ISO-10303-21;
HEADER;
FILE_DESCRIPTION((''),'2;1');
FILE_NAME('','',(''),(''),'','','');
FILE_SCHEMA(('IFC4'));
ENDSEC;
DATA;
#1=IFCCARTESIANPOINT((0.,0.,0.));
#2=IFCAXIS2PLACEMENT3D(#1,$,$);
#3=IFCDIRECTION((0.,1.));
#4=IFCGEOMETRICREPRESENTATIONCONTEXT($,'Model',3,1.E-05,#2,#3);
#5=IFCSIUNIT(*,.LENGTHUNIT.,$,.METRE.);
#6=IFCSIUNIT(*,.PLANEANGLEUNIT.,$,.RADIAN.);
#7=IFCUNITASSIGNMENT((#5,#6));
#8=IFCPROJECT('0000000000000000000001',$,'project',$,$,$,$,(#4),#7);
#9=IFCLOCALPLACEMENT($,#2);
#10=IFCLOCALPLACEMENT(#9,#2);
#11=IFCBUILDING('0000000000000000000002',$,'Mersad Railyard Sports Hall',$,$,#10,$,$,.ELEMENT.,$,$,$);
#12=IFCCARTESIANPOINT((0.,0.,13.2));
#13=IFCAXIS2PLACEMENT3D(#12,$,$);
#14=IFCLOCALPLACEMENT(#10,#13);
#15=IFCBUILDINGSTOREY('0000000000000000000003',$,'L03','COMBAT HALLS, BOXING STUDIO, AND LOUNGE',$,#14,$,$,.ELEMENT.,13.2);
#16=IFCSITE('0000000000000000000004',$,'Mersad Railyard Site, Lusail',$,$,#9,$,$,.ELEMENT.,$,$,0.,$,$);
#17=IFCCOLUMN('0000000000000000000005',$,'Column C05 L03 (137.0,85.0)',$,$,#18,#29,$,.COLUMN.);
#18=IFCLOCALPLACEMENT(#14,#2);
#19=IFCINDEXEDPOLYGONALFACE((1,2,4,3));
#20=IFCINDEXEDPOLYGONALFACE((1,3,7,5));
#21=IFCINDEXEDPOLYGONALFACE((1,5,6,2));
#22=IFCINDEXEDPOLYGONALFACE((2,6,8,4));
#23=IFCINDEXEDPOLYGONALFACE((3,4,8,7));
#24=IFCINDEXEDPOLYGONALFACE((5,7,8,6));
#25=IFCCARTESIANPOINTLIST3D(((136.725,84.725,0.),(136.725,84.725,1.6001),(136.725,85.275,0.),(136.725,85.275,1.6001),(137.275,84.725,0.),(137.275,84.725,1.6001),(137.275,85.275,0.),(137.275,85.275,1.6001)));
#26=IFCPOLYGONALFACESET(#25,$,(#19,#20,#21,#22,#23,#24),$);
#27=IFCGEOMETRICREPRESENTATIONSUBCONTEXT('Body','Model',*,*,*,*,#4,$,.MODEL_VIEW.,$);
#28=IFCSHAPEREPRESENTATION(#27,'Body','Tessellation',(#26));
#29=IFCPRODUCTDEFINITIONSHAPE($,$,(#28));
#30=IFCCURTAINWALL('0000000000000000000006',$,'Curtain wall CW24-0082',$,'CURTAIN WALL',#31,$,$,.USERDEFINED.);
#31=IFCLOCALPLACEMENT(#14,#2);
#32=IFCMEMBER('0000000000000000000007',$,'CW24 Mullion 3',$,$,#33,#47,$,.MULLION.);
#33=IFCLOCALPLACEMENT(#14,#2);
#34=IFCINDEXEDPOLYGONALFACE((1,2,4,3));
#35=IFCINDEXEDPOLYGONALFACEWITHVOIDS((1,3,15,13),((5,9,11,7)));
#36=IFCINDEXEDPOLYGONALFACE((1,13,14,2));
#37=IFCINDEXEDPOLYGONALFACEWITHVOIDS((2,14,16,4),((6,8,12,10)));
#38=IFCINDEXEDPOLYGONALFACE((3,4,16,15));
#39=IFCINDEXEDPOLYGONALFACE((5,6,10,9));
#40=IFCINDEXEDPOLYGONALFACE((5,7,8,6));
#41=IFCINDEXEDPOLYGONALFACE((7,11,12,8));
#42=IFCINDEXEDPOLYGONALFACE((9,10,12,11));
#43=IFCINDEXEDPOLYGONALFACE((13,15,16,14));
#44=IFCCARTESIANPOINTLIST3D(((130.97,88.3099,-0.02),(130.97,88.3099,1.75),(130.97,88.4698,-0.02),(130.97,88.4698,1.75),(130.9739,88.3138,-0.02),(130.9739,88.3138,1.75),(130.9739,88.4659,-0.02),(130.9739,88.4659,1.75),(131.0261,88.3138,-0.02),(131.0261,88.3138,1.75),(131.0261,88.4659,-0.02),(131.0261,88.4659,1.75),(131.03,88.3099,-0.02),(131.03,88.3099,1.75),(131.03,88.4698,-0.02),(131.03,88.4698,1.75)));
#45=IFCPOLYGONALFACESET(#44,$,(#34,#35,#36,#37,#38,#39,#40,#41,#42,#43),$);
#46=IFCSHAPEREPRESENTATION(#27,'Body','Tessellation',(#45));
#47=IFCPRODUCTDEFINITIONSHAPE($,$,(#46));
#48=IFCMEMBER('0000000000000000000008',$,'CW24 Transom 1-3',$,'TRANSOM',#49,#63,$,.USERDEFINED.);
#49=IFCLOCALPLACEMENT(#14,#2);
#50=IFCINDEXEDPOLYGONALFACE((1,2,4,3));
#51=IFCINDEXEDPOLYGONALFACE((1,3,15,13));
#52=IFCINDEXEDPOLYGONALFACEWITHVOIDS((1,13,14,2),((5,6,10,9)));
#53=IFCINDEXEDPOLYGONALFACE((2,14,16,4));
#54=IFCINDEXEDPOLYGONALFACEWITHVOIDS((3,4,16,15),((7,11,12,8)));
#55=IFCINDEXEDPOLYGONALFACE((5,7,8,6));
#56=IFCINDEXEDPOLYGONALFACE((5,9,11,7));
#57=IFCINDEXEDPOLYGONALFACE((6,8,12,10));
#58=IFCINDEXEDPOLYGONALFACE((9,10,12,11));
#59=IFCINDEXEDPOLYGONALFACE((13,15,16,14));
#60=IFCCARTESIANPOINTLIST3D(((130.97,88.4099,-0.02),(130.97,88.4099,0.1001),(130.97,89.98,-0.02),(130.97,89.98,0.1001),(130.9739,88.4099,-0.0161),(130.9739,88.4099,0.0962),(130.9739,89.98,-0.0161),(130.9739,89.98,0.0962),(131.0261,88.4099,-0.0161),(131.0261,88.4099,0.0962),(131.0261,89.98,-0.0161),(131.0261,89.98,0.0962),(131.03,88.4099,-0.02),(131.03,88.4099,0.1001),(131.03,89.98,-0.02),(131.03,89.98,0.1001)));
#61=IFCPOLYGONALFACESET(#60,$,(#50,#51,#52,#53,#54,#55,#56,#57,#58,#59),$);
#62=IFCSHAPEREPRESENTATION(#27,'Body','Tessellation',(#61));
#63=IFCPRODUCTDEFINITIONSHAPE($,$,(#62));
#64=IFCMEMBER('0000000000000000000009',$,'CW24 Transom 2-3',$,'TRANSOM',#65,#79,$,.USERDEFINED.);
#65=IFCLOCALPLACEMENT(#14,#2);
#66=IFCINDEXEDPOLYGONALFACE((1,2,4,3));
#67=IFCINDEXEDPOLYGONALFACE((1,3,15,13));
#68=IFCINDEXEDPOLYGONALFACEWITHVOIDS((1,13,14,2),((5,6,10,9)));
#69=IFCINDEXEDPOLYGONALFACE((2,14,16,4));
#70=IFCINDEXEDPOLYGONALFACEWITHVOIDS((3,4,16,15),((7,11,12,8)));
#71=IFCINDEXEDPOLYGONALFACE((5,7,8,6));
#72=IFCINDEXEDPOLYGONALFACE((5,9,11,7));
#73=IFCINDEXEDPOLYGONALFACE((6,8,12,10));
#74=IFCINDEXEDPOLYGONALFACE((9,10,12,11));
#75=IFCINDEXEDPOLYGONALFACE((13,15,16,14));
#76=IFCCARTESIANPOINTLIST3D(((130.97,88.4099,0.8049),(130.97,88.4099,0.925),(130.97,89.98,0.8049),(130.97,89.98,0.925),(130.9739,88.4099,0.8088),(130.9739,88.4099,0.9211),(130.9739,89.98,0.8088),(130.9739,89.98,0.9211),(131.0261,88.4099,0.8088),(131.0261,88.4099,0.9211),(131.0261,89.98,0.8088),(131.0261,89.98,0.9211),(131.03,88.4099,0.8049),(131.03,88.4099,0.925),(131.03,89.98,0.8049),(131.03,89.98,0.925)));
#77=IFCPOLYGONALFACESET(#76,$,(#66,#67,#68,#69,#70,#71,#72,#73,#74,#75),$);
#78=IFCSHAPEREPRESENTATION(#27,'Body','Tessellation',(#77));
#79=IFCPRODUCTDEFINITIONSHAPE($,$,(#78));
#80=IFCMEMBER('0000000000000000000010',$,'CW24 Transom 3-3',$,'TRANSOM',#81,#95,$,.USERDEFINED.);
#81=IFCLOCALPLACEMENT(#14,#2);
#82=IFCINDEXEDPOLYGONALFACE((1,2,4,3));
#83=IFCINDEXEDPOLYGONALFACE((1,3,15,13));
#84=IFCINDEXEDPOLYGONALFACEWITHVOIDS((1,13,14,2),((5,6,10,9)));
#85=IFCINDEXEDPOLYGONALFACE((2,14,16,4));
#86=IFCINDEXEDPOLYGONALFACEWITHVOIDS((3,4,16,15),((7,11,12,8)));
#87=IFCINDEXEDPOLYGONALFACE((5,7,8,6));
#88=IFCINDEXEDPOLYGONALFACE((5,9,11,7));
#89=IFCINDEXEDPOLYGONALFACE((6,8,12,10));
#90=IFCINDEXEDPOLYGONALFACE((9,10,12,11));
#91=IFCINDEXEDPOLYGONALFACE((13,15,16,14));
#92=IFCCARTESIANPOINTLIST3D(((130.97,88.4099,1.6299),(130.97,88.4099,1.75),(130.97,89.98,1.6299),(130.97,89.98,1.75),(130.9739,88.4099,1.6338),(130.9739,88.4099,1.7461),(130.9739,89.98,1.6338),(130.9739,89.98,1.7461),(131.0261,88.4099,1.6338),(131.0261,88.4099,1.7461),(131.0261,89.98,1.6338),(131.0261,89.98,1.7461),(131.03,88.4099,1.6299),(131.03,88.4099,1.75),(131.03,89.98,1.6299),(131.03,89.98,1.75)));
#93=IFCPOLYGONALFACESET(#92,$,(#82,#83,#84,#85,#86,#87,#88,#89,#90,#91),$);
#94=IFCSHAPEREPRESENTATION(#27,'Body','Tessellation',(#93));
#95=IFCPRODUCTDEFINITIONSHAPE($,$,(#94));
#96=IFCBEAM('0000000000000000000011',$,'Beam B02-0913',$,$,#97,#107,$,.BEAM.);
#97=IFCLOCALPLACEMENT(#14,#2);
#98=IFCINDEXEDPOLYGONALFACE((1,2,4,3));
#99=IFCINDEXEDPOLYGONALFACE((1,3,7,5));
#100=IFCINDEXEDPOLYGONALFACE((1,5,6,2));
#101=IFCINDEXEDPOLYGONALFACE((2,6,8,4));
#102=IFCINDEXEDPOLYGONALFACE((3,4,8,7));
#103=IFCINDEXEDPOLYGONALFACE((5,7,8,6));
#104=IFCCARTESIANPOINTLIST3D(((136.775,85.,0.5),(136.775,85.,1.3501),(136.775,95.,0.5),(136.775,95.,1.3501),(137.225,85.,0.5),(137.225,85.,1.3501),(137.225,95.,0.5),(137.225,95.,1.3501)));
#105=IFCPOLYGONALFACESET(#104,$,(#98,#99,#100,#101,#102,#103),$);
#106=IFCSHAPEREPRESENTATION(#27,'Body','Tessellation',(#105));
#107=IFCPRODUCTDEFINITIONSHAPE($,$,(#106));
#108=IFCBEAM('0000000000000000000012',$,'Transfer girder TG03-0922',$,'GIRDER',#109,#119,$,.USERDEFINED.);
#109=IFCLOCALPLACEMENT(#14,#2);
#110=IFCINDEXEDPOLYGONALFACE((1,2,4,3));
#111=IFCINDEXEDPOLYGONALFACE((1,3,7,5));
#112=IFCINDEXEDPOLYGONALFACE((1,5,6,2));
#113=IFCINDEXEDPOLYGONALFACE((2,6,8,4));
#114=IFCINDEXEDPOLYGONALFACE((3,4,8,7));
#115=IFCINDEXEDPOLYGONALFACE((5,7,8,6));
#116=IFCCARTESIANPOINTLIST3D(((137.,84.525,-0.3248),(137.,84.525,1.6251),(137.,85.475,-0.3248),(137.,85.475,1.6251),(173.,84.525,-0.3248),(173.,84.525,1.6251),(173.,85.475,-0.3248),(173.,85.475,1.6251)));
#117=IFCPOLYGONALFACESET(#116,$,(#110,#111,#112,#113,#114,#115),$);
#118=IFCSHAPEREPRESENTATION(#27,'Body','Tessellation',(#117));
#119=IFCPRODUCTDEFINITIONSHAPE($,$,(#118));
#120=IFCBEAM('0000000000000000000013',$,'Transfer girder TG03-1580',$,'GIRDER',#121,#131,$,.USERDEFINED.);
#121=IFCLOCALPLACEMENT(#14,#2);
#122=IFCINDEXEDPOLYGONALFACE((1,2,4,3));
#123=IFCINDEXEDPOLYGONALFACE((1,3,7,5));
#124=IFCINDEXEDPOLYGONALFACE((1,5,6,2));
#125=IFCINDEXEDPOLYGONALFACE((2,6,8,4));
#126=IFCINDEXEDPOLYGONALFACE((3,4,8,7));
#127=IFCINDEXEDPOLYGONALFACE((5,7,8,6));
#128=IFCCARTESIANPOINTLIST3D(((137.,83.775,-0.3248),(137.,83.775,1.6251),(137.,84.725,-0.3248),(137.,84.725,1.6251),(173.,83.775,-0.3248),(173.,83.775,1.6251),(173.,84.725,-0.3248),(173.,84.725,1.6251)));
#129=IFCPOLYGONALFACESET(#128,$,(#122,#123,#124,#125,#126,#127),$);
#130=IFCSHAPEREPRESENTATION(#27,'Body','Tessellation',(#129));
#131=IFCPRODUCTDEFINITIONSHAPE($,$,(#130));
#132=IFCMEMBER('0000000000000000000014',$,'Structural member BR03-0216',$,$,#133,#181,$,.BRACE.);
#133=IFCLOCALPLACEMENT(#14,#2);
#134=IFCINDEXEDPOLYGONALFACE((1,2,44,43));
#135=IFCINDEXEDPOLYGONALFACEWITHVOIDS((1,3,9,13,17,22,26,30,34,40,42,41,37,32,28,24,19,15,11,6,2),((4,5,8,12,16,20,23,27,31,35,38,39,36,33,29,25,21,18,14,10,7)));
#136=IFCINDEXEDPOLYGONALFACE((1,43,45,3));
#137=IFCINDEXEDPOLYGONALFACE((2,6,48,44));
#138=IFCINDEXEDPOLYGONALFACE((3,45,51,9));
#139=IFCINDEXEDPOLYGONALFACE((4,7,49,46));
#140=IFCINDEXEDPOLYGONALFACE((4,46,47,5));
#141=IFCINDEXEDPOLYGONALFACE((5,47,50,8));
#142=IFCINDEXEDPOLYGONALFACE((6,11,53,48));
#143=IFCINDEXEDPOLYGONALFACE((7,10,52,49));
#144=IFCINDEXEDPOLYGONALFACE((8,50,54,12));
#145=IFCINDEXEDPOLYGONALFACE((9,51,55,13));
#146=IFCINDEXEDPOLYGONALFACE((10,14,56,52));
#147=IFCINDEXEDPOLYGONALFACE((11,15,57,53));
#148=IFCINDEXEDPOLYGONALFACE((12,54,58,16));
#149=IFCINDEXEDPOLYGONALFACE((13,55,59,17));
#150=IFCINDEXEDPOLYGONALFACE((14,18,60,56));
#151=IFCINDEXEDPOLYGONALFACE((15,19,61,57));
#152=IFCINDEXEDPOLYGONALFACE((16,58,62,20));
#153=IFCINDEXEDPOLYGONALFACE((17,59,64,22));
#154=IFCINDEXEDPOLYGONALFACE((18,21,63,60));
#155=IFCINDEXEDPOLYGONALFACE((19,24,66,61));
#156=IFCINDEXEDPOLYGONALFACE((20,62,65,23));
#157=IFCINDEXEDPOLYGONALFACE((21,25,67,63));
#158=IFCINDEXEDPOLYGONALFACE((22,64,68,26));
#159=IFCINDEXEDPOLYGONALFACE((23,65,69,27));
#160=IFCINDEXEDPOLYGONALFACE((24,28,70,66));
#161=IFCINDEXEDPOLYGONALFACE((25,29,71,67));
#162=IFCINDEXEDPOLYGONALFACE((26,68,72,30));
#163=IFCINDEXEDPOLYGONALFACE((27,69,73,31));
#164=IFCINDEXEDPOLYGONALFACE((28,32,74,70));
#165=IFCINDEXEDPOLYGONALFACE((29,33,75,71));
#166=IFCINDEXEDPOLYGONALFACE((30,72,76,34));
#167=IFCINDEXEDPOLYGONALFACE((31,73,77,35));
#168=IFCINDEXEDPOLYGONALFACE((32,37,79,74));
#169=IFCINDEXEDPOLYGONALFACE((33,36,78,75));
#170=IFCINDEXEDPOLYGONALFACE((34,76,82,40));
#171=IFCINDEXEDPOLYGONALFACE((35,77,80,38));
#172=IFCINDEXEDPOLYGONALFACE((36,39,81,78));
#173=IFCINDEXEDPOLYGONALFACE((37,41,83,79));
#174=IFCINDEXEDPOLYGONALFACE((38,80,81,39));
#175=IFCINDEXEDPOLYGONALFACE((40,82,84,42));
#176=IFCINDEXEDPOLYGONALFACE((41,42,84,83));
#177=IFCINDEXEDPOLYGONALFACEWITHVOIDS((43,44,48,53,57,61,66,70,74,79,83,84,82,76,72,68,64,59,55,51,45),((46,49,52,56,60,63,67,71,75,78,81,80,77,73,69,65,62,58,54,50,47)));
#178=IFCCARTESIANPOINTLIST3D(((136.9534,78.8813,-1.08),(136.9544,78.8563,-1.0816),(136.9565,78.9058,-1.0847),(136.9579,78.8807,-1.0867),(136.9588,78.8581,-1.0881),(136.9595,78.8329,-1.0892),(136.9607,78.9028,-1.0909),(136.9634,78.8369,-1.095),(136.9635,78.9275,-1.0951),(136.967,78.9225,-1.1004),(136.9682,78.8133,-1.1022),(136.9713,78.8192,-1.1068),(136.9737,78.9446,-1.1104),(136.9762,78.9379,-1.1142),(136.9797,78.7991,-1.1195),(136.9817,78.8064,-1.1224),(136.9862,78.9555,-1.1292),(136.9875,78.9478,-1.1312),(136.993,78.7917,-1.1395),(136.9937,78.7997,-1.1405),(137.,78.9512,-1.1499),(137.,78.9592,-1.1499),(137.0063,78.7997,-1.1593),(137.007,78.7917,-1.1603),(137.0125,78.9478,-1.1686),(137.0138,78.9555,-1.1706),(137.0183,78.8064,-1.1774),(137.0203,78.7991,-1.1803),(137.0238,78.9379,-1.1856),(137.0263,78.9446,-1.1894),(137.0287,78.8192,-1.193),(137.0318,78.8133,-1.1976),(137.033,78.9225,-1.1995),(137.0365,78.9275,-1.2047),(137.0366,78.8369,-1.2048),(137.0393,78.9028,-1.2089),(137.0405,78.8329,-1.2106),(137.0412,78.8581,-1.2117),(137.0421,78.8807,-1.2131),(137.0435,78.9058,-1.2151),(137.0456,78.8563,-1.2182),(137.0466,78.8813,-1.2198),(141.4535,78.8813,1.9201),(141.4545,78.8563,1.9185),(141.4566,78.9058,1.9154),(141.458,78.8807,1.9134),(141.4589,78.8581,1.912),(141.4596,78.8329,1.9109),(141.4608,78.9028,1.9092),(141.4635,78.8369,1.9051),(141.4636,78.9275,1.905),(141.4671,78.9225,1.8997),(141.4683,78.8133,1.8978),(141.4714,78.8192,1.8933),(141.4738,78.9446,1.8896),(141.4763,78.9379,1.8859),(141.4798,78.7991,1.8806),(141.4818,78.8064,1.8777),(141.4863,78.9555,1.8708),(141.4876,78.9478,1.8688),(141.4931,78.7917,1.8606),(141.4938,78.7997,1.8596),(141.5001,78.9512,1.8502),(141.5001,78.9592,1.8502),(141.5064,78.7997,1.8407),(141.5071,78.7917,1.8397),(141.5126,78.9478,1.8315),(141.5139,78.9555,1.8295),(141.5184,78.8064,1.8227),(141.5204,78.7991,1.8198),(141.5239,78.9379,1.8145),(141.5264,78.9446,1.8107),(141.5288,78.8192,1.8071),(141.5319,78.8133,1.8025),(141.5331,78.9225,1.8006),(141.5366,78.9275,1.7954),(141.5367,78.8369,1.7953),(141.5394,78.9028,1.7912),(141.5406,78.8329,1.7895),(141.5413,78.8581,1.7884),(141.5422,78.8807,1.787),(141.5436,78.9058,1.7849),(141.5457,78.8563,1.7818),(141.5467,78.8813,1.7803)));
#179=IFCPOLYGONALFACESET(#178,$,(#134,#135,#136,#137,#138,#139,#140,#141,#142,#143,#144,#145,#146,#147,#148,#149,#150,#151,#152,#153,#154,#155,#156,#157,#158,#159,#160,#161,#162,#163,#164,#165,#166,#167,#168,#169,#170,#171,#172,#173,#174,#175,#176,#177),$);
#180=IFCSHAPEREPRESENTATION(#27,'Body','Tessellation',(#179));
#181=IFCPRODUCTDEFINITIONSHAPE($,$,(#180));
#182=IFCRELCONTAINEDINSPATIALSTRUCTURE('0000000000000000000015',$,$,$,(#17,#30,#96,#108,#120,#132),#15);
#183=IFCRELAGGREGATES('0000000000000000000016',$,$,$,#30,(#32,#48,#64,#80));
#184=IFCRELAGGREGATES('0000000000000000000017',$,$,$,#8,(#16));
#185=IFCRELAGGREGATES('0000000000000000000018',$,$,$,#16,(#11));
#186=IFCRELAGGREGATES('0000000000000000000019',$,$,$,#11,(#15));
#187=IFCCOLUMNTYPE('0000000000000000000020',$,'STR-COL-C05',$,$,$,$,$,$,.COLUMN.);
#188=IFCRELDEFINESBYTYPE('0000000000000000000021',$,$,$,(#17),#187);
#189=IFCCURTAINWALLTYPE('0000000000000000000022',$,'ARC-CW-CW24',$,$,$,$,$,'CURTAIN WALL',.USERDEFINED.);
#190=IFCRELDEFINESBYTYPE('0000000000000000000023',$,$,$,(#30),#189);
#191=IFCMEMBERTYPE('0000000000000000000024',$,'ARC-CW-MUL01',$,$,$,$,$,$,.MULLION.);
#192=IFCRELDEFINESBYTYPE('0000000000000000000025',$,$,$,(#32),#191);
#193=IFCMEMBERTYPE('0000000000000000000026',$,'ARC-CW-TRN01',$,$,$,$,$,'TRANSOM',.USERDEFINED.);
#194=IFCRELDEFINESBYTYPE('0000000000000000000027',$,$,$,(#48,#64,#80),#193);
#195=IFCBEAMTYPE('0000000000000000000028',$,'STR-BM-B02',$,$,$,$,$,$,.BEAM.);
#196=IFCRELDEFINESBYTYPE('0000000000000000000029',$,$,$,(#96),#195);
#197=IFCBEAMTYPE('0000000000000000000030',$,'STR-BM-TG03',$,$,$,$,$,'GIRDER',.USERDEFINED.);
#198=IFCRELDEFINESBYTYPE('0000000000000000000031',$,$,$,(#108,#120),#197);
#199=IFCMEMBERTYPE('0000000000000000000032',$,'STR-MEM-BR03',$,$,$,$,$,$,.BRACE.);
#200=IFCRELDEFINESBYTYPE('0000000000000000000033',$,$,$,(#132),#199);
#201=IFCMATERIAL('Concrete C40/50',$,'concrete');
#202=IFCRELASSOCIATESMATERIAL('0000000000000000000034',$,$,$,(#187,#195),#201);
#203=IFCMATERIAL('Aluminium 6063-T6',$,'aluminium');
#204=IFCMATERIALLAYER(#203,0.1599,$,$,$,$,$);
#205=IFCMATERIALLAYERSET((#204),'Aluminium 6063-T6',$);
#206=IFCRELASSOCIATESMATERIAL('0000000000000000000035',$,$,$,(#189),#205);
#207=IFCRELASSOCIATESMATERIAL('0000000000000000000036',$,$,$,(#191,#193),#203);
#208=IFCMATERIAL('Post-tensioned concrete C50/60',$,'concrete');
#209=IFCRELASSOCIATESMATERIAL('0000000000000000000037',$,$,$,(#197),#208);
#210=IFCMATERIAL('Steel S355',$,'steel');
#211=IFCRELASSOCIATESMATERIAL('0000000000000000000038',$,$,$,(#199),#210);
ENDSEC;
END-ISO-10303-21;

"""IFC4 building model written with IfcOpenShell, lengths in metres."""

from ifc_helpers import new_model, si_unit, direction, frame, origin, origin_2d, place, context, subcontext, project, spatial, rectangle, hollow_rectangle, hollow_circle, extrude, material, layer, layer_set, material_profile, profile_set, type_object, element, aggregate, save


model = new_model("IFC4")

# Units and contexts
model_context = context("Model", 3, precision=1e-05, world=origin(), true_north=direction((0.0, 1.0)))
body_context = subcontext(model_context, "Body", "Model", "MODEL_VIEW")
ifc_project = project(units=[si_unit("LENGTHUNIT", "METRE"), si_unit("PLANEANGLEUNIT", "RADIAN")], contexts=[model_context])

# Site, building, storey
site_placement = place(None, origin())
site = spatial("IfcSite", under=ifc_project, at=site_placement, Name="Mersad Railyard Site, Lusail", CompositionType="ELEMENT", RefElevation=0.0)
building_placement = place(site_placement, origin())
building = spatial("IfcBuilding", under=site, at=building_placement, Name="Mersad Railyard Sports Hall", CompositionType="ELEMENT")
storey_placement = place(building_placement, frame((0.0, 0.0, 13.2)))
storey = spatial("IfcBuildingStorey", under=building, at=storey_placement, Name="L03", Description="COMBAT HALLS, BOXING STUDIO, AND LOUNGE", CompositionType="ELEMENT", Elevation=13.2)

# Column
ifc_material_1 = material(Name="Concrete C40/50", Category="concrete")
ifc_material_profile_1 = material_profile(ifc_material_1, rectangle(XDim=0.55, YDim=0.55, at=origin_2d()), Name="RC 550x550")
ifc_profile_set_1 = profile_set([ifc_material_profile_1], Name="Concrete C40/50")
column_type = type_object("IfcColumnType", Name="STR-COL-C05", PredefinedType="COLUMN", material=ifc_profile_set_1)
column_placement = place(storey_placement, frame((137.0, 85.0, 0.0), z_axis=(0.0, 0.0, 1.0), x_axis=(1.0, 0.0, 0.0)))
element("IfcColumn", 1, at=column_placement, inside=storey, type_object=column_type, Name="Column C05 L03 (137.0,85.0)", PredefinedType="COLUMN", context=body_context, shape_type="SweptSolid", body=[
    extrude(rectangle(XDim=0.55, YDim=0.55, at=origin_2d()), origin(), (0.0, 0.0, 1.0), 1.6001),
])

# Curtain wall, members
ifc_material_2 = material(Name="Aluminium 6063-T6", Category="aluminium")
ifc_layer_1 = layer(ifc_material_2, 0.1599)
ifc_layer_set_1 = layer_set([ifc_layer_1], Name="Aluminium 6063-T6")
curtain_wall_type = type_object("IfcCurtainWallType", Name="ARC-CW-CW24", ElementType="CURTAIN WALL", PredefinedType="USERDEFINED", material=ifc_layer_set_1)
curtain_wall_placement = place(storey_placement, origin())
curtain_wall = element("IfcCurtainWall", 2, at=curtain_wall_placement, inside=storey, type_object=curtain_wall_type, Name="Curtain wall CW24-0082", ObjectType="CURTAIN WALL", PredefinedType="USERDEFINED")
ifc_material_profile_2 = material_profile(ifc_material_2, hollow_rectangle(XDim=0.0601, YDim=0.1599, WallThickness=0.0039, at=origin_2d()), Name="AL MULLION 60x160x4")
ifc_profile_set_2 = profile_set([ifc_material_profile_2], Name="Aluminium 6063-T6")
member_type_1 = type_object("IfcMemberType", Name="ARC-CW-MUL01", PredefinedType="MULLION", material=ifc_profile_set_2)
member_1_placement = place(storey_placement, frame((131.0, 88.3899, -0.02), z_axis=(0.0, 0.0, 1.0), x_axis=(1.0, 0.0, 0.0)))
member_1 = element("IfcMember", 3, at=member_1_placement, type_object=member_type_1, Name="CW24 Mullion 3", PredefinedType="MULLION", context=body_context, shape_type="SweptSolid", body=[
    extrude(hollow_rectangle(XDim=0.0601, YDim=0.1599, WallThickness=0.0039, at=origin_2d()), origin(), (0.0, 0.0, 1.0), 1.77),
])
ifc_material_profile_3 = material_profile(ifc_material_2, hollow_rectangle(XDim=0.0601, YDim=0.1201, WallThickness=0.0039, at=origin_2d()), Name="AL TRANSOM 60x120x4")
ifc_profile_set_3 = profile_set([ifc_material_profile_3], Name="Aluminium 6063-T6")
member_type_2 = type_object("IfcMemberType", Name="ARC-CW-TRN01", ElementType="TRANSOM", PredefinedType="USERDEFINED", material=ifc_profile_set_3)
member_2_placement = place(storey_placement, frame((131.0, 88.4099, 0.04), z_axis=(0.0, 1.0, 0.0), x_axis=(-1.0, 0.0, 0.0)))
member_2 = element("IfcMember", 4, at=member_2_placement, type_object=member_type_2, Name="CW24 Transom 1-3", ObjectType="TRANSOM", PredefinedType="USERDEFINED", context=body_context, shape_type="SweptSolid", body=[
    extrude(hollow_rectangle(XDim=0.0601, YDim=0.1201, WallThickness=0.0039, at=origin_2d()), origin(), (0.0, 0.0, 1.0), 1.5701),
])
member_3_placement = place(storey_placement, frame((131.0, 88.4099, 0.865), z_axis=(0.0, 1.0, 0.0), x_axis=(-1.0, 0.0, 0.0)))
member_3 = element("IfcMember", 5, at=member_3_placement, type_object=member_type_2, Name="CW24 Transom 2-3", ObjectType="TRANSOM", PredefinedType="USERDEFINED", context=body_context, shape_type="SweptSolid", body=[
    extrude(hollow_rectangle(XDim=0.0601, YDim=0.1201, WallThickness=0.0039, at=origin_2d()), origin(), (0.0, 0.0, 1.0), 1.5701),
])
member_4_placement = place(storey_placement, frame((131.0, 88.4099, 1.6899), z_axis=(0.0, 1.0, 0.0), x_axis=(-1.0, 0.0, 0.0)))
member_4 = element("IfcMember", 6, at=member_4_placement, type_object=member_type_2, Name="CW24 Transom 3-3", ObjectType="TRANSOM", PredefinedType="USERDEFINED", context=body_context, shape_type="SweptSolid", body=[
    extrude(hollow_rectangle(XDim=0.0601, YDim=0.1201, WallThickness=0.0039, at=origin_2d()), origin(), (0.0, 0.0, 1.0), 1.5701),
])

# Beams
ifc_material_profile_4 = material_profile(ifc_material_1, rectangle(XDim=0.45, YDim=0.8501, at=origin_2d()), Name="RC 450x850")
ifc_profile_set_4 = profile_set([ifc_material_profile_4], Name="Concrete C40/50")
beam_type_1 = type_object("IfcBeamType", Name="STR-BM-B02", PredefinedType="BEAM", material=ifc_profile_set_4)
beam_placement = place(storey_placement, frame((137.0, 85.0, 0.925), z_axis=(0.0, 1.0, 0.0), x_axis=(-1.0, 0.0, 0.0)))
element("IfcBeam", 7, at=beam_placement, inside=storey, type_object=beam_type_1, Name="Beam B02-0913", PredefinedType="BEAM", context=body_context, shape_type="SweptSolid", body=[
    extrude(rectangle(XDim=0.45, YDim=0.8501, at=origin_2d()), origin(), (0.0, 0.0, 1.0), 10.0),
])
ifc_material_3 = material(Name="Post-tensioned concrete C50/60", Category="concrete")
ifc_material_profile_5 = material_profile(ifc_material_3, rectangle(XDim=0.95, YDim=1.95, at=origin_2d()), Name="PT 950x1950")
ifc_profile_set_5 = profile_set([ifc_material_profile_5], Name="Post-tensioned concrete C50/60")
beam_type_2 = type_object("IfcBeamType", Name="STR-BM-TG03", ElementType="GIRDER", PredefinedType="USERDEFINED", material=ifc_profile_set_5)
for number, where, z_axis, x_axis, name in (
    (8, (137.0, 85.0, 0.6501), (1.0, 0.0, 0.0), (0.0, 1.0, 0.0), "Transfer girder TG03-0922"),
    (9, (137.0, 84.25, 0.6501), (1.0, 0.0, 0.0), (0.0, 1.0, 0.0), "Transfer girder TG03-1580"),
):
    element("IfcBeam", number, at=place(storey_placement, frame(where, z_axis=z_axis, x_axis=x_axis)), inside=storey, type_object=beam_type_2, Name=name, ObjectType="GIRDER", PredefinedType="USERDEFINED", context=body_context, shape_type="SweptSolid", body=[
        extrude(rectangle(XDim=0.95, YDim=1.95, at=origin_2d()), origin(), (0.0, 0.0, 1.0), 36.0),
    ])

# Member
ifc_material_4 = material(Name="Steel S355", Category="steel")
ifc_material_profile_6 = material_profile(ifc_material_4, hollow_circle(Radius=0.0842, WallThickness=0.0081, at=origin_2d()), Name="CHS 168.3x8")
ifc_profile_set_6 = profile_set([ifc_material_profile_6], Name="Steel S355")
member_type_3 = type_object("IfcMemberType", Name="STR-MEM-BR03", PredefinedType="BRACE", material=ifc_profile_set_6)
for number, where, z_axis, x_axis, name in (
    (10, (137.0, 78.875, -1.1499), (0.83205, 0.0, 0.5547), (0.0, 1.0, 0.0), "Structural member BR03-0216"),
):
    element("IfcMember", number, at=place(storey_placement, frame(where, z_axis=z_axis, x_axis=x_axis)), inside=storey, type_object=member_type_3, Name=name, PredefinedType="BRACE", context=body_context, shape_type="SweptSolid", body=[
        extrude(hollow_circle(Radius=0.0842, WallThickness=0.0081, at=origin_2d()), origin(), (0.0, 0.0, 1.0), 5.4084),
    ])

aggregate(curtain_wall, [member_1, member_2, member_3, member_4])

save(model, "model.ifc")
